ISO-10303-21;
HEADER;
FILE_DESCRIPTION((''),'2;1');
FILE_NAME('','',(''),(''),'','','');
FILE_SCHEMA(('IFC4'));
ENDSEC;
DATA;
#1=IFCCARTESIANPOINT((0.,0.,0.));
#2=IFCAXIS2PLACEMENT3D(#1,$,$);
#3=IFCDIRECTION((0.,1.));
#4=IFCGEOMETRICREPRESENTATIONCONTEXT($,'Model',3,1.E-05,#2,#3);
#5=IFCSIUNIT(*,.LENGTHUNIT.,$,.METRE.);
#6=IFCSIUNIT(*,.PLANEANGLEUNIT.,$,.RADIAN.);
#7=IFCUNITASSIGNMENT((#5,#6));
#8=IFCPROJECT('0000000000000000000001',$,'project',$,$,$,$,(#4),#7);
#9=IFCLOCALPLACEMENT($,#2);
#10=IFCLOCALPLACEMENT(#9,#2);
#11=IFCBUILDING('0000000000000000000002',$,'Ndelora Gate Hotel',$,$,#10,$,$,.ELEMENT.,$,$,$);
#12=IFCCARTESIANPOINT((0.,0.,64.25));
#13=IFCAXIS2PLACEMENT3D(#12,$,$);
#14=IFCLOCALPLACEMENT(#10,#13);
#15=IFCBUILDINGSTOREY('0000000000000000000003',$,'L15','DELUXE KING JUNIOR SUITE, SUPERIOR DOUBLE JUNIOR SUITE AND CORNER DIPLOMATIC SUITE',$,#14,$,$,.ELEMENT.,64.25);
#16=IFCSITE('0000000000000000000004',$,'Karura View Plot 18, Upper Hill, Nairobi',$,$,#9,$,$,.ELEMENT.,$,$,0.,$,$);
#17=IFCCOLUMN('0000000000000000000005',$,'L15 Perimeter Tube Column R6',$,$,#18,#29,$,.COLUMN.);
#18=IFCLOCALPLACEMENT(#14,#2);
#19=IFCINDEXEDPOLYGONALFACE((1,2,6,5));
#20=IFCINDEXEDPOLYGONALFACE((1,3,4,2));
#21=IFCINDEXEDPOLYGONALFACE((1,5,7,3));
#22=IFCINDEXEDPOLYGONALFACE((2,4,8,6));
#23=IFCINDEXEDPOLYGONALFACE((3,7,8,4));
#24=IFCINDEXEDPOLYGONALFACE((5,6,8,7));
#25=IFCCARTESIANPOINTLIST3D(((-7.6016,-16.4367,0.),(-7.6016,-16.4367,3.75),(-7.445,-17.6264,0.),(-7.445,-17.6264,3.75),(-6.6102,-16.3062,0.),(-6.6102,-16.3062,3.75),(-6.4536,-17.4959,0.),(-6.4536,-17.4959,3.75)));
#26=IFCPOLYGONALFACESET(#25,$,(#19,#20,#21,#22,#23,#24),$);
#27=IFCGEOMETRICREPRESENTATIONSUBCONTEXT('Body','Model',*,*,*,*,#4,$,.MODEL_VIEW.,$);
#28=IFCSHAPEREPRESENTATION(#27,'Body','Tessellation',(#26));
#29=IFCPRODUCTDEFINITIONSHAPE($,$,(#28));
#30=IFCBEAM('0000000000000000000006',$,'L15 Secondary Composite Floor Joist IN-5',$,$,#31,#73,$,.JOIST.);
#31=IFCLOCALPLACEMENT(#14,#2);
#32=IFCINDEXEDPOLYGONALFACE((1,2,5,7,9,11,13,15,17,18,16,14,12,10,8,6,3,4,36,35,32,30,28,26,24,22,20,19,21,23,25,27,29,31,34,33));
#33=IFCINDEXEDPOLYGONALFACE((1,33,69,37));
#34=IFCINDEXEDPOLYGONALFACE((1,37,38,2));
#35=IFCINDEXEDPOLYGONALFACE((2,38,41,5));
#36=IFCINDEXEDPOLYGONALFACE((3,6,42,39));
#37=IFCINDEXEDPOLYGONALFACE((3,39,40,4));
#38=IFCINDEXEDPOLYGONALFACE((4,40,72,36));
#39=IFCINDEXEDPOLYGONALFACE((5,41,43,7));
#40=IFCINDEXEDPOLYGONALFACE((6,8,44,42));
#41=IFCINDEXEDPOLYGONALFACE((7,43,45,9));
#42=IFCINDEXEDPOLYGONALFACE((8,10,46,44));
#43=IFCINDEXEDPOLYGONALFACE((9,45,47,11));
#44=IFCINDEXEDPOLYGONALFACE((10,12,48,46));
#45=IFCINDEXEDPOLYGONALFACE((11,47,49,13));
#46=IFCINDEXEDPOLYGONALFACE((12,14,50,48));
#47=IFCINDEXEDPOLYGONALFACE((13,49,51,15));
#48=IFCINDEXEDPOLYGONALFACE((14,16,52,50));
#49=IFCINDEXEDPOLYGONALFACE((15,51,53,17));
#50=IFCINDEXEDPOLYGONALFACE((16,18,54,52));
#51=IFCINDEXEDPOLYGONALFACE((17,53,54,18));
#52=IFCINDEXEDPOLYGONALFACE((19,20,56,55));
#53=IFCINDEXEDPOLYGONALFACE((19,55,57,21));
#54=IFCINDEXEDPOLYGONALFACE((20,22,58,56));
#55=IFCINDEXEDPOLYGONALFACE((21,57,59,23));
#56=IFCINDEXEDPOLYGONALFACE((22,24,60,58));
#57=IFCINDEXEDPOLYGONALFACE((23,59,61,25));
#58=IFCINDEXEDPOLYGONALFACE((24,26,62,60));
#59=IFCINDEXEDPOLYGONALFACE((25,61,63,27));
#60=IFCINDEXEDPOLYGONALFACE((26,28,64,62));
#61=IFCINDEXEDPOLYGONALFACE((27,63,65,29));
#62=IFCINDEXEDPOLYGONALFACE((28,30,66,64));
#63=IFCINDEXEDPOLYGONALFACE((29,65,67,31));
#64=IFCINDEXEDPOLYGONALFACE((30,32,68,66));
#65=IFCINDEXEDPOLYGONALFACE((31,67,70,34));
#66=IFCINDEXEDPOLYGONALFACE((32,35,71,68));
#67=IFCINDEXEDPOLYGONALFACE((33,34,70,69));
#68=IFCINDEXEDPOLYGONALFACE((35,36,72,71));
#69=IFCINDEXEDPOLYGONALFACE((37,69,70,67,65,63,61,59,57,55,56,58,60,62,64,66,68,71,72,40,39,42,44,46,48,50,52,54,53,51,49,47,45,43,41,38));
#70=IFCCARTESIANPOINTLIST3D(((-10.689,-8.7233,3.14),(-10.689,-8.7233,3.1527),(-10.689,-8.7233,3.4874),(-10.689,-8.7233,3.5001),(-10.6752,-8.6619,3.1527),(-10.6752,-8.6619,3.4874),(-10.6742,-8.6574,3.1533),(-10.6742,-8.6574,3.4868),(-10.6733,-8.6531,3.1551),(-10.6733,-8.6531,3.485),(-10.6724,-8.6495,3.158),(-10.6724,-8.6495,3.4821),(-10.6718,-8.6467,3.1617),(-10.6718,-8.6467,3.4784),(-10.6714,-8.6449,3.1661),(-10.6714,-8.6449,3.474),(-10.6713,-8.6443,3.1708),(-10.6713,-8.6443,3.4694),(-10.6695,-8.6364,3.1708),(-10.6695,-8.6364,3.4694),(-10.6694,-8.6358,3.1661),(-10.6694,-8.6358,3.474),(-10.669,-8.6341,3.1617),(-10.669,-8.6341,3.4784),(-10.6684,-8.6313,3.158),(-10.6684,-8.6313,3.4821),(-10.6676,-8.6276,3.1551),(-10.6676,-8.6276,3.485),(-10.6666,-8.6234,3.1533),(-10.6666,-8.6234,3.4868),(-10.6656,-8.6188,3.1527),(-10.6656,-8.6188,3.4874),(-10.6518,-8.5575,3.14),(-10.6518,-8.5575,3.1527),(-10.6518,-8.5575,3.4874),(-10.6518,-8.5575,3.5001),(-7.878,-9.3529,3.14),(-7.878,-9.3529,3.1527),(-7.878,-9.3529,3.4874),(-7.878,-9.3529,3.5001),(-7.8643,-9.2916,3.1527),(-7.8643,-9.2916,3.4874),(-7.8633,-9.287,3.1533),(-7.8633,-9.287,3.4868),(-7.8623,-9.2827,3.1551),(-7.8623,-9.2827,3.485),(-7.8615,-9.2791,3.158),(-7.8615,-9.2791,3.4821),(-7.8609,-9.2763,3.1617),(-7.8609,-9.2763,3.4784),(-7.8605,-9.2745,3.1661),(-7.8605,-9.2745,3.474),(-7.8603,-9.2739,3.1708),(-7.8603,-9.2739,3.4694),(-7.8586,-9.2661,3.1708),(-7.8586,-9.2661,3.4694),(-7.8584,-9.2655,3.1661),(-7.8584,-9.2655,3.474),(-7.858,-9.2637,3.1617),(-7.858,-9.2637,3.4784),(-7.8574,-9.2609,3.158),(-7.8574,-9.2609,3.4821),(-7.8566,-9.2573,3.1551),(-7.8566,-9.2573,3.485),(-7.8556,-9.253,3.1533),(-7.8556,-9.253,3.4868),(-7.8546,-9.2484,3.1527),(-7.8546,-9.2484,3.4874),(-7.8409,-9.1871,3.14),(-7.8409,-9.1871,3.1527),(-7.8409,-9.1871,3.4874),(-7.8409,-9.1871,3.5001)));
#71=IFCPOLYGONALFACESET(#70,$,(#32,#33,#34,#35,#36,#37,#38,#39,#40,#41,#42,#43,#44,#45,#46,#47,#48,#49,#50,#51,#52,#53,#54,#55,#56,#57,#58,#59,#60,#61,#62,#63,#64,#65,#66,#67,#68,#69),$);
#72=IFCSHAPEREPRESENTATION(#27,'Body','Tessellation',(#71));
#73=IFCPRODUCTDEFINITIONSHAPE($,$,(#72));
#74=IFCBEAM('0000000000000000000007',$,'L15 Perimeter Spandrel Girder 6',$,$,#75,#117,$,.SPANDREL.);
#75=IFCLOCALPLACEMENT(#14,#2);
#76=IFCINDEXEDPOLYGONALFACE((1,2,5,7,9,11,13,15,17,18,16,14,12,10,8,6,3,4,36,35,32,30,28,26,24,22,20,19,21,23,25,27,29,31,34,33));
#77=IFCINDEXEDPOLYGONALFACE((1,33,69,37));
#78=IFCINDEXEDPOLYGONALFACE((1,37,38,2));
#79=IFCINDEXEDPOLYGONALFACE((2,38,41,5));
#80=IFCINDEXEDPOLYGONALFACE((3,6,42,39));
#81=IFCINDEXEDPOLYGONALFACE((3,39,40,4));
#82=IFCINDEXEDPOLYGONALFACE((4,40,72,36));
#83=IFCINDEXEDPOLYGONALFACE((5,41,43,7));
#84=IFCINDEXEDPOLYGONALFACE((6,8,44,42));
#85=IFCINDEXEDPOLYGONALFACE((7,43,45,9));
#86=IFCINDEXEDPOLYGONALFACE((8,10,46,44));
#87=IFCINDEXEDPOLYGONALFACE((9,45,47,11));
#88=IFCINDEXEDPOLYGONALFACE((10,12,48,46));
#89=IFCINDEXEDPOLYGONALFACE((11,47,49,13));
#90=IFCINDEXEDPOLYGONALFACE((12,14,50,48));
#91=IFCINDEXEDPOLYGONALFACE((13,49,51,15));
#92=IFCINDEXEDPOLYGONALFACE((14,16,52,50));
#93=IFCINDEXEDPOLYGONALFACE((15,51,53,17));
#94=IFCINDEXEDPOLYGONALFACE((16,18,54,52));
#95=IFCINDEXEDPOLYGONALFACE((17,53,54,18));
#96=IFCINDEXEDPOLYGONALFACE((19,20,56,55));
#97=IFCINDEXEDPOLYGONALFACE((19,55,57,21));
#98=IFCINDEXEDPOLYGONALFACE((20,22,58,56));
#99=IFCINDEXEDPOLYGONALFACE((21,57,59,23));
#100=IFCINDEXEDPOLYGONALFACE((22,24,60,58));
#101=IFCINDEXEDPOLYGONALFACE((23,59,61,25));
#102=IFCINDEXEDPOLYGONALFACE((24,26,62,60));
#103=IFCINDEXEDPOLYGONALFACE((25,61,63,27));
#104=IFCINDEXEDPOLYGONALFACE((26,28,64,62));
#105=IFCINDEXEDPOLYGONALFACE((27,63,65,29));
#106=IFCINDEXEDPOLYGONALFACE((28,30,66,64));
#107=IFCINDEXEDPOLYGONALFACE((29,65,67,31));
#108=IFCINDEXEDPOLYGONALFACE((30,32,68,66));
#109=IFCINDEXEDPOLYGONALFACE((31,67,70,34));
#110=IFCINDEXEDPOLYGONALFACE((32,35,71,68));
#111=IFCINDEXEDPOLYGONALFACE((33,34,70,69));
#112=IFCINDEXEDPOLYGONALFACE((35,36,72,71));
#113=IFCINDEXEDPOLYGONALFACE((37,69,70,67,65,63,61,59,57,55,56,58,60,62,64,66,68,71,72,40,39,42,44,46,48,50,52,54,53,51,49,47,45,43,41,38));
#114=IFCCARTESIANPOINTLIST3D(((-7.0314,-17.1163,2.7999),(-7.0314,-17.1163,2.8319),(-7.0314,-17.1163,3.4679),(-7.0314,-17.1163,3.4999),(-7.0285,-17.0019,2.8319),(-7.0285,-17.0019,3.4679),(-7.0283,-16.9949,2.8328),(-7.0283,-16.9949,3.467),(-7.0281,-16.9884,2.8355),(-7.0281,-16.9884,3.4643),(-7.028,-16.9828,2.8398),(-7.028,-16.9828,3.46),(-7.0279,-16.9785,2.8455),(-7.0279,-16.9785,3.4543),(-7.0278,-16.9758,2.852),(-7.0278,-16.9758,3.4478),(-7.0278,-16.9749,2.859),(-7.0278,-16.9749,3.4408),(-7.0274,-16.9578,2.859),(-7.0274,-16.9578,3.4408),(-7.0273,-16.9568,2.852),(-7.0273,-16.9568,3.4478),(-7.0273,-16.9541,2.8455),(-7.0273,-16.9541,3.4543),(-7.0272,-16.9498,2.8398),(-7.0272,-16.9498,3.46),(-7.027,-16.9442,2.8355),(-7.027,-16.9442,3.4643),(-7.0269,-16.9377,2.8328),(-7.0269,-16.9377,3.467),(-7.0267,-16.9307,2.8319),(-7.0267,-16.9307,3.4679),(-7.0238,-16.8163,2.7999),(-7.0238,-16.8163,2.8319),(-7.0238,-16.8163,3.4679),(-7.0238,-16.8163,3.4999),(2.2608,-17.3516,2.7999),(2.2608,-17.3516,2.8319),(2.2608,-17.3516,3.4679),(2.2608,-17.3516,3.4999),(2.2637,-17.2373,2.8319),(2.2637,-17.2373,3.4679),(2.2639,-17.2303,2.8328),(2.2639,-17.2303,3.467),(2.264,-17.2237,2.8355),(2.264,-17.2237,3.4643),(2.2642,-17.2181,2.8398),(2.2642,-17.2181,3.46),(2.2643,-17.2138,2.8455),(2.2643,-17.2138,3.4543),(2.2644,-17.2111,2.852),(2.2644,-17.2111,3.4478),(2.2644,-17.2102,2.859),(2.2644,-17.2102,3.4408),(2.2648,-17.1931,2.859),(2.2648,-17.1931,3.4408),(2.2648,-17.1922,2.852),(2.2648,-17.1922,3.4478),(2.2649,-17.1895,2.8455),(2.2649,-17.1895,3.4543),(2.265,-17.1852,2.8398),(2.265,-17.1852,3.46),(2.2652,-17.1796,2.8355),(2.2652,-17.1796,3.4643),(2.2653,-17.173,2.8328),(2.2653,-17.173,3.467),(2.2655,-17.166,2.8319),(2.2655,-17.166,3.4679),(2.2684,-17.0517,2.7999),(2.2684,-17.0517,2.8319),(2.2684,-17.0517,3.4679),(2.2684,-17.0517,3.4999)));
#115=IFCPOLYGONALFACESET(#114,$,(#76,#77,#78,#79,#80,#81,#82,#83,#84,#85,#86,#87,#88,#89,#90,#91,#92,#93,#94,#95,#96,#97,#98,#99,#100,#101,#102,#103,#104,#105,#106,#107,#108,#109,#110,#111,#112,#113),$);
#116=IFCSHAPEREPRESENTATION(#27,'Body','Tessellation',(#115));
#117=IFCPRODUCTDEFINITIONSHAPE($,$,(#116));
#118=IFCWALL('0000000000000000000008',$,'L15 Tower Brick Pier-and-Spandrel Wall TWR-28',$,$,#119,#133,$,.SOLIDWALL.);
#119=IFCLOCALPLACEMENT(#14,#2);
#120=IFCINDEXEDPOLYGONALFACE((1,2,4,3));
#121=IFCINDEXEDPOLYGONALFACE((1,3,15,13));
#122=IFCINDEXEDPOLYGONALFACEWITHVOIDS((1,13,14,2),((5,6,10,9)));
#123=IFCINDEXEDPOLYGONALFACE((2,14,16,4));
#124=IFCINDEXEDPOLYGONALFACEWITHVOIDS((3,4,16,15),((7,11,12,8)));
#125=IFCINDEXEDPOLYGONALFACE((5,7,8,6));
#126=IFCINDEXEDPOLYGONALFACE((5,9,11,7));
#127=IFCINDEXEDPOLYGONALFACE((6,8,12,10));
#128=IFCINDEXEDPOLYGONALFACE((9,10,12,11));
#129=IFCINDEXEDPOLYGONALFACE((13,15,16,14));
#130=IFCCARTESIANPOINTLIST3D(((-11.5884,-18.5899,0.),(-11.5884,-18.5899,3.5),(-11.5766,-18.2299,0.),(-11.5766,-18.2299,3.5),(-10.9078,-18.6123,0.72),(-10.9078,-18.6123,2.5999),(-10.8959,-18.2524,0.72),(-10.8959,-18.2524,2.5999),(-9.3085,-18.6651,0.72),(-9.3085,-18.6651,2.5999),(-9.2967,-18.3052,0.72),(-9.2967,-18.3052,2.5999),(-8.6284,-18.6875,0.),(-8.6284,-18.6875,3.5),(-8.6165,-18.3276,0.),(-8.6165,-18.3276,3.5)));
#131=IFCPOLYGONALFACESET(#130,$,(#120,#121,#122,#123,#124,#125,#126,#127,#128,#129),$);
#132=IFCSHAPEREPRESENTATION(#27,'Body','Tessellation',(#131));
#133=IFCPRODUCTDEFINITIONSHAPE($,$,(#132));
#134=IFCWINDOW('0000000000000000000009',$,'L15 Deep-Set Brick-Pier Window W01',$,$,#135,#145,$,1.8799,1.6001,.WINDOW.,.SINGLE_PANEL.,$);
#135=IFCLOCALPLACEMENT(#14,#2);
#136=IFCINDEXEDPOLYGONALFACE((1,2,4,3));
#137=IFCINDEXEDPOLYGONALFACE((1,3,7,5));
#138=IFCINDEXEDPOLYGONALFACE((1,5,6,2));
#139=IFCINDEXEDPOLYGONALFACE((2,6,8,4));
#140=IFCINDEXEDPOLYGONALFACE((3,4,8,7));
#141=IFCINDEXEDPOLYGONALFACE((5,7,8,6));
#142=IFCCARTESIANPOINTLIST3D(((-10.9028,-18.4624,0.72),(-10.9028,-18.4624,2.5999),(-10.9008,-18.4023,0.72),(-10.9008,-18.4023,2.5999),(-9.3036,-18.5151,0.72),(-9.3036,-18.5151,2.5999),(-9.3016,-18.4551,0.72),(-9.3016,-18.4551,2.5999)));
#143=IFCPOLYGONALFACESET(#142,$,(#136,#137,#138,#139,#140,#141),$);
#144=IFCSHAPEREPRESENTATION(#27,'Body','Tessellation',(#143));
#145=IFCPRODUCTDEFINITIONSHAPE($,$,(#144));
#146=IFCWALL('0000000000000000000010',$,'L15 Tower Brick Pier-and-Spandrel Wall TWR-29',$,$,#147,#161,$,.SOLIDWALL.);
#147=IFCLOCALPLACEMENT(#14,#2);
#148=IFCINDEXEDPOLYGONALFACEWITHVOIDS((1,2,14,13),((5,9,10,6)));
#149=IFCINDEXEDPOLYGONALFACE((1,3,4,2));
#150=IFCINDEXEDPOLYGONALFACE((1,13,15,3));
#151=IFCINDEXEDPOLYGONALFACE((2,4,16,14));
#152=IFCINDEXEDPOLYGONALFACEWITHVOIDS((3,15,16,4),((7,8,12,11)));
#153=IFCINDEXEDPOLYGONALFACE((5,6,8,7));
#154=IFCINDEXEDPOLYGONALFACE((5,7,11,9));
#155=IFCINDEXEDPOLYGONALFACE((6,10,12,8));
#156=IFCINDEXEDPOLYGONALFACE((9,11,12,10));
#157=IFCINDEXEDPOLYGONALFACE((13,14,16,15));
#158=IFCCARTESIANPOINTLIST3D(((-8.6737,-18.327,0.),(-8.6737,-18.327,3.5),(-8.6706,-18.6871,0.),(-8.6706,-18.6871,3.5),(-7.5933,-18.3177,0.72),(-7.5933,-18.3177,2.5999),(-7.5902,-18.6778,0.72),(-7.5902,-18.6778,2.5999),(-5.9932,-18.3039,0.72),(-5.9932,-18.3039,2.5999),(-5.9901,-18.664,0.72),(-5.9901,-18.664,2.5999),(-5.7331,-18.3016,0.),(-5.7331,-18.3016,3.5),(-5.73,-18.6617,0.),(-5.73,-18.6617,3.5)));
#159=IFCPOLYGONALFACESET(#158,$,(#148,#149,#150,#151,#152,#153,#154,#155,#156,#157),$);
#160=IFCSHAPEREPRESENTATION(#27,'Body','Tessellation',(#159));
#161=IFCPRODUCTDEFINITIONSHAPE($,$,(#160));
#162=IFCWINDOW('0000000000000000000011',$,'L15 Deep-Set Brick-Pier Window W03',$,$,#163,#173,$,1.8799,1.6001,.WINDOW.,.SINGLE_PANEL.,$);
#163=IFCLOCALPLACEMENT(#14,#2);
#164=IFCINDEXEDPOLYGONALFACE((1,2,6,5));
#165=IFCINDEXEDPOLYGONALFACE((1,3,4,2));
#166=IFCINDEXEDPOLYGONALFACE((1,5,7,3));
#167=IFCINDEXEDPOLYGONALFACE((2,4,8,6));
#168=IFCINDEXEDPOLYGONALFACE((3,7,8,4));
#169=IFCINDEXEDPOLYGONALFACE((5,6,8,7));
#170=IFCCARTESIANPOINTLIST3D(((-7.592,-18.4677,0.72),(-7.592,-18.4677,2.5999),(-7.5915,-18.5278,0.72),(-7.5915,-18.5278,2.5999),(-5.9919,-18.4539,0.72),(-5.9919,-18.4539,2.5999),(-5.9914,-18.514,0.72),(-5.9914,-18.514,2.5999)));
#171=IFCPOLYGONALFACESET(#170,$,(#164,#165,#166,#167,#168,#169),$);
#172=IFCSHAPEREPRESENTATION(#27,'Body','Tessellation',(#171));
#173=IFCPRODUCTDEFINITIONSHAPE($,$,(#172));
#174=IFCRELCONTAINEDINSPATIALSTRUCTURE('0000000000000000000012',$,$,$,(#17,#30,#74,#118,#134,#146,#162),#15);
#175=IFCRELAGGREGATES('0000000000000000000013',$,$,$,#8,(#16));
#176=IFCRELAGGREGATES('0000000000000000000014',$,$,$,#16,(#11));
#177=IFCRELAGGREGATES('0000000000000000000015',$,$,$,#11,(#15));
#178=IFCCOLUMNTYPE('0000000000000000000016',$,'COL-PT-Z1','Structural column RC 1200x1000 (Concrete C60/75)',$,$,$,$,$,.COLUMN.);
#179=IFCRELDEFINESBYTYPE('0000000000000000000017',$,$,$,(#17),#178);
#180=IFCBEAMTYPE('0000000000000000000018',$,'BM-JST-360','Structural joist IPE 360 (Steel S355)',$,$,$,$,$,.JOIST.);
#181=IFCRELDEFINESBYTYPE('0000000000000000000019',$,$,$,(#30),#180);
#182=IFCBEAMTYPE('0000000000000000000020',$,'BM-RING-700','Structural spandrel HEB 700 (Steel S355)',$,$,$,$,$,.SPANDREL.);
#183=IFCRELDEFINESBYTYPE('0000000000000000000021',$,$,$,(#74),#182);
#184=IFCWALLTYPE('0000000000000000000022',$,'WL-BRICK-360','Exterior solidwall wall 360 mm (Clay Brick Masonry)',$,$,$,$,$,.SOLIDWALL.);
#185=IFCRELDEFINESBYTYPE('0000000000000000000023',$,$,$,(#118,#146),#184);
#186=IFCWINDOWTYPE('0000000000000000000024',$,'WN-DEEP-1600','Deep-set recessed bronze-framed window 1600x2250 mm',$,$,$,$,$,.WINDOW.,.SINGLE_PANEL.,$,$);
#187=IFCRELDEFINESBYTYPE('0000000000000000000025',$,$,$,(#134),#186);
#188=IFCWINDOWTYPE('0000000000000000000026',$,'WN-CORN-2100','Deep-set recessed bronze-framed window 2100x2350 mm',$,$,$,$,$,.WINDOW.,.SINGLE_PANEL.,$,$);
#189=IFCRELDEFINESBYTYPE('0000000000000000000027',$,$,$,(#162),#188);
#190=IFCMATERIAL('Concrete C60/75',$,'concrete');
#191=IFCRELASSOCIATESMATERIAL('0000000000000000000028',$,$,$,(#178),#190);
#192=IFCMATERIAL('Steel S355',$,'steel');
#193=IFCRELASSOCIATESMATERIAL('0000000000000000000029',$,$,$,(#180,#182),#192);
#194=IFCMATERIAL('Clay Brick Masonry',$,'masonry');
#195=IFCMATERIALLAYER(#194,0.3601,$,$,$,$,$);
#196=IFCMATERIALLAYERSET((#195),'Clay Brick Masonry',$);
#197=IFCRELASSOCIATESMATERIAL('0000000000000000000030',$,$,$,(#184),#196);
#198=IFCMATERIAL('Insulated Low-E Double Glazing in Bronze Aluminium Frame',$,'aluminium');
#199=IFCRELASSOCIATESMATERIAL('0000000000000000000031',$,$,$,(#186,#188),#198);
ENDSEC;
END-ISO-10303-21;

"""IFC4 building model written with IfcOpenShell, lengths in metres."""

from ifc_helpers import new_model, si_unit, direction, frame, frame_2d, origin, origin_2d, place, context, subcontext, project, spatial, rectangle, i_section, extrude, material, layer, layer_set, material_profile, profile_set, type_object, element, fill, save


model = new_model("IFC4")

# Units and contexts
model_context = context("Model", 3, precision=1e-05, world=origin(), true_north=direction((0.0, 1.0)))
body_context = subcontext(model_context, "Body", "Model", "MODEL_VIEW")
ifc_project = project(units=[si_unit("LENGTHUNIT", "METRE"), si_unit("PLANEANGLEUNIT", "RADIAN")], contexts=[model_context])

# Site, building, storey
site_placement = place(None, origin())
site = spatial("IfcSite", under=ifc_project, at=site_placement, Name="Karura View Plot 18, Upper Hill, Nairobi", CompositionType="ELEMENT", RefElevation=0.0)
building_placement = place(site_placement, origin())
building = spatial("IfcBuilding", under=site, at=building_placement, Name="Ndelora Gate Hotel", CompositionType="ELEMENT")
storey_placement = place(building_placement, frame((0.0, 0.0, 64.25)))
storey = spatial("IfcBuildingStorey", under=building, at=storey_placement, Name="L15", Description="DELUXE KING JUNIOR SUITE, SUPERIOR DOUBLE JUNIOR SUITE AND CORNER DIPLOMATIC SUITE", CompositionType="ELEMENT", Elevation=64.25)

# Column
ifc_material_1 = material(Name="Concrete C60/75", Category="concrete")
ifc_material_profile_1 = material_profile(ifc_material_1, rectangle(XDim=1.0, YDim=1.2, at=origin_2d()), Name="RC 1200x1000")
ifc_profile_set_1 = profile_set([ifc_material_profile_1], Name="Concrete C60/75")
column_type = type_object("IfcColumnType", Name="COL-PT-Z1", Description="Structural column RC 1200x1000 (Concrete C60/75)", PredefinedType="COLUMN", material=ifc_profile_set_1)
column_placement = place(storey_placement, frame((-7.0276, -16.9663, 0.0), z_axis=(0.0, 0.0, 1.0), x_axis=(0.991445, 0.130526, 0.0)))
element("IfcColumn", 1, at=column_placement, inside=storey, type_object=column_type, Name="L15 Perimeter Tube Column R6", PredefinedType="COLUMN", context=body_context, shape_type="SweptSolid", body=[
    extrude(rectangle(XDim=1.0, YDim=1.2, at=origin_2d()), origin(), (0.0, 0.0, 1.0), 3.75),
])

# Beams
ifc_material_2 = material(Name="Steel S355", Category="steel")
ifc_material_profile_2 = material_profile(ifc_material_2, i_section(OverallWidth=0.1699, OverallDepth=0.3601, WebThickness=0.0081, FlangeThickness=0.0127, FilletRadius=0.0181, at=origin_2d()), Name="IPE 360")
ifc_profile_set_2 = profile_set([ifc_material_profile_2], Name="Steel S355")
beam_type_1 = type_object("IfcBeamType", Name="BM-JST-360", Description="Structural joist IPE 360 (Steel S355)", PredefinedType="JOIST", material=ifc_profile_set_2)
beam_1_placement = place(storey_placement, frame((-10.6704, -8.6404, 3.3201), z_axis=(0.975821, -0.218572, 0.0), x_axis=(0.218572, 0.975821, 0.0)))
element("IfcBeam", 2, at=beam_1_placement, inside=storey, type_object=beam_type_1, Name="L15 Secondary Composite Floor Joist IN-5", PredefinedType="JOIST", context=body_context, shape_type="SweptSolid", body=[
    extrude(i_section(OverallWidth=0.1699, OverallDepth=0.3601, WebThickness=0.0081, FlangeThickness=0.0127, FilletRadius=0.0181, at=origin_2d()), origin(), (0.0, 0.0, 1.0), 2.8806),
])
ifc_material_profile_3 = material_profile(ifc_material_2, i_section(OverallWidth=0.3, OverallDepth=0.7, WebThickness=0.0171, FlangeThickness=0.032, FilletRadius=0.0271, at=origin_2d()), Name="HEB 700")
ifc_profile_set_3 = profile_set([ifc_material_profile_3], Name="Steel S355")
beam_type_2 = type_object("IfcBeamType", Name="BM-RING-700", Description="Structural spandrel HEB 700 (Steel S355)", PredefinedType="SPANDREL", material=ifc_profile_set_3)
beam_2_placement = place(storey_placement, frame((-7.0276, -16.9663, 3.1499), z_axis=(0.999679, -0.02532, 0.0), x_axis=(0.02532, 0.999679, 0.0)))
element("IfcBeam", 3, at=beam_2_placement, inside=storey, type_object=beam_type_2, Name="L15 Perimeter Spandrel Girder 6", PredefinedType="SPANDREL", context=body_context, shape_type="SweptSolid", body=[
    extrude(i_section(OverallWidth=0.3, OverallDepth=0.7, WebThickness=0.0171, FlangeThickness=0.032, FilletRadius=0.0271, at=origin_2d()), origin(), (0.0, 0.0, 1.0), 9.2952),
])

# Walls, openings, windows
ifc_material_3 = material(Name="Clay Brick Masonry", Category="masonry")
ifc_layer_1 = layer(ifc_material_3, 0.3601)
ifc_layer_set_1 = layer_set([ifc_layer_1], Name="Clay Brick Masonry")
wall_type_1 = type_object("IfcWallType", Name="WL-BRICK-360", Description="Exterior solidwall wall 360 mm (Clay Brick Masonry)", PredefinedType="SOLIDWALL", material=ifc_layer_set_1)
wall_1_placement = place(storey_placement, frame((-8.6223, -18.5076, 0.0), z_axis=(0.0, 0.0, 1.0), x_axis=(-0.999456, 0.032974, 0.0)))
wall_1 = element("IfcWall", 4, at=wall_1_placement, inside=storey, type_object=wall_type_1, Name="L15 Tower Brick Pier-and-Spandrel Wall TWR-28", PredefinedType="SOLIDWALL", context=body_context, shape_type="SweptSolid", body=[
    extrude(rectangle(XDim=2.9617, YDim=0.3601, at=frame_2d((1.481, 0.0))), origin(), (0.0, 0.0, 1.0), 3.5),
])
opening_1_placement = place(wall_1_placement, frame((0.6807, 0.0, 0.72)))
opening_1 = element("IfcOpeningElement", 5, at=opening_1_placement, cuts=wall_1, PredefinedType="OPENING", context=body_context, shape_type="SweptSolid", body=[
    extrude(rectangle(XDim=1.6001, YDim=1.8799, at=frame_2d((0.8, 0.9399))), frame((0.0, 0.1899, 0.0), z_axis=(0.0, -1.0, 0.0), x_axis=(1.0, 0.0, 0.0)), (0.0, 0.0, 1.0), 0.3801),
])
ifc_material_4 = material(Name="Insulated Low-E Double Glazing in Bronze Aluminium Frame", Category="aluminium")
window_type_1 = type_object("IfcWindowType", Name="WN-DEEP-1600", Description="Deep-set recessed bronze-framed window 1600x2250 mm", PartitioningType="SINGLE_PANEL", PredefinedType="WINDOW", material=ifc_material_4)
window_1_placement = place(opening_1_placement, origin())
window_1 = element("IfcWindow", 6, at=window_1_placement, inside=storey, type_object=window_type_1, Name="L15 Deep-Set Brick-Pier Window W01", OverallHeight=1.8799, OverallWidth=1.6001, PartitioningType="SINGLE_PANEL", PredefinedType="WINDOW", context=body_context, shape_type="SweptSolid", body=[
    extrude(rectangle(XDim=1.6001, YDim=1.8799, at=frame_2d((0.8, 0.9399))), frame((0.0, 0.03, 0.0), z_axis=(0.0, -1.0, 0.0), x_axis=(1.0, 0.0, 0.0)), (0.0, 0.0, 1.0), 0.0601),
])
fill(opening_1, window_1)
wall_2_placement = place(storey_placement, frame((-5.7317, -18.4817, 0.0), z_axis=(0.0, 0.0, 1.0), x_axis=(-0.999963, -0.008634, 0.0)))
wall_2 = element("IfcWall", 7, at=wall_2_placement, inside=storey, type_object=wall_type_1, Name="L15 Tower Brick Pier-and-Spandrel Wall TWR-29", PredefinedType="SOLIDWALL", context=body_context, shape_type="SweptSolid", body=[
    extrude(rectangle(XDim=2.9407, YDim=0.3601, at=frame_2d((1.4702, 0.0))), origin(), (0.0, 0.0, 1.0), 3.5),
])
opening_2_placement = place(wall_2_placement, frame((0.26, 0.0, 0.72)))
opening_2 = element("IfcOpeningElement", 8, at=opening_2_placement, cuts=wall_2, PredefinedType="OPENING", context=body_context, shape_type="SweptSolid", body=[
    extrude(rectangle(XDim=1.6001, YDim=1.8799, at=frame_2d((0.8, 0.9399))), frame((0.0, 0.1899, 0.0), z_axis=(0.0, -1.0, 0.0), x_axis=(1.0, 0.0, 0.0)), (0.0, 0.0, 1.0), 0.3801),
])
window_type_2 = type_object("IfcWindowType", Name="WN-CORN-2100", Description="Deep-set recessed bronze-framed window 2100x2350 mm", PartitioningType="SINGLE_PANEL", PredefinedType="WINDOW", material=ifc_material_4)
window_2_placement = place(opening_2_placement, origin())
window_2 = element("IfcWindow", 9, at=window_2_placement, inside=storey, type_object=window_type_2, Name="L15 Deep-Set Brick-Pier Window W03", OverallHeight=1.8799, OverallWidth=1.6001, PartitioningType="SINGLE_PANEL", PredefinedType="WINDOW", context=body_context, shape_type="SweptSolid", body=[
    extrude(rectangle(XDim=1.6001, YDim=1.8799, at=frame_2d((0.8, 0.9399))), frame((0.0, 0.03, 0.0), z_axis=(0.0, -1.0, 0.0), x_axis=(1.0, 0.0, 0.0)), (0.0, 0.0, 1.0), 0.0601),
])
fill(opening_2, window_2)

save(model, "model.ifc")
